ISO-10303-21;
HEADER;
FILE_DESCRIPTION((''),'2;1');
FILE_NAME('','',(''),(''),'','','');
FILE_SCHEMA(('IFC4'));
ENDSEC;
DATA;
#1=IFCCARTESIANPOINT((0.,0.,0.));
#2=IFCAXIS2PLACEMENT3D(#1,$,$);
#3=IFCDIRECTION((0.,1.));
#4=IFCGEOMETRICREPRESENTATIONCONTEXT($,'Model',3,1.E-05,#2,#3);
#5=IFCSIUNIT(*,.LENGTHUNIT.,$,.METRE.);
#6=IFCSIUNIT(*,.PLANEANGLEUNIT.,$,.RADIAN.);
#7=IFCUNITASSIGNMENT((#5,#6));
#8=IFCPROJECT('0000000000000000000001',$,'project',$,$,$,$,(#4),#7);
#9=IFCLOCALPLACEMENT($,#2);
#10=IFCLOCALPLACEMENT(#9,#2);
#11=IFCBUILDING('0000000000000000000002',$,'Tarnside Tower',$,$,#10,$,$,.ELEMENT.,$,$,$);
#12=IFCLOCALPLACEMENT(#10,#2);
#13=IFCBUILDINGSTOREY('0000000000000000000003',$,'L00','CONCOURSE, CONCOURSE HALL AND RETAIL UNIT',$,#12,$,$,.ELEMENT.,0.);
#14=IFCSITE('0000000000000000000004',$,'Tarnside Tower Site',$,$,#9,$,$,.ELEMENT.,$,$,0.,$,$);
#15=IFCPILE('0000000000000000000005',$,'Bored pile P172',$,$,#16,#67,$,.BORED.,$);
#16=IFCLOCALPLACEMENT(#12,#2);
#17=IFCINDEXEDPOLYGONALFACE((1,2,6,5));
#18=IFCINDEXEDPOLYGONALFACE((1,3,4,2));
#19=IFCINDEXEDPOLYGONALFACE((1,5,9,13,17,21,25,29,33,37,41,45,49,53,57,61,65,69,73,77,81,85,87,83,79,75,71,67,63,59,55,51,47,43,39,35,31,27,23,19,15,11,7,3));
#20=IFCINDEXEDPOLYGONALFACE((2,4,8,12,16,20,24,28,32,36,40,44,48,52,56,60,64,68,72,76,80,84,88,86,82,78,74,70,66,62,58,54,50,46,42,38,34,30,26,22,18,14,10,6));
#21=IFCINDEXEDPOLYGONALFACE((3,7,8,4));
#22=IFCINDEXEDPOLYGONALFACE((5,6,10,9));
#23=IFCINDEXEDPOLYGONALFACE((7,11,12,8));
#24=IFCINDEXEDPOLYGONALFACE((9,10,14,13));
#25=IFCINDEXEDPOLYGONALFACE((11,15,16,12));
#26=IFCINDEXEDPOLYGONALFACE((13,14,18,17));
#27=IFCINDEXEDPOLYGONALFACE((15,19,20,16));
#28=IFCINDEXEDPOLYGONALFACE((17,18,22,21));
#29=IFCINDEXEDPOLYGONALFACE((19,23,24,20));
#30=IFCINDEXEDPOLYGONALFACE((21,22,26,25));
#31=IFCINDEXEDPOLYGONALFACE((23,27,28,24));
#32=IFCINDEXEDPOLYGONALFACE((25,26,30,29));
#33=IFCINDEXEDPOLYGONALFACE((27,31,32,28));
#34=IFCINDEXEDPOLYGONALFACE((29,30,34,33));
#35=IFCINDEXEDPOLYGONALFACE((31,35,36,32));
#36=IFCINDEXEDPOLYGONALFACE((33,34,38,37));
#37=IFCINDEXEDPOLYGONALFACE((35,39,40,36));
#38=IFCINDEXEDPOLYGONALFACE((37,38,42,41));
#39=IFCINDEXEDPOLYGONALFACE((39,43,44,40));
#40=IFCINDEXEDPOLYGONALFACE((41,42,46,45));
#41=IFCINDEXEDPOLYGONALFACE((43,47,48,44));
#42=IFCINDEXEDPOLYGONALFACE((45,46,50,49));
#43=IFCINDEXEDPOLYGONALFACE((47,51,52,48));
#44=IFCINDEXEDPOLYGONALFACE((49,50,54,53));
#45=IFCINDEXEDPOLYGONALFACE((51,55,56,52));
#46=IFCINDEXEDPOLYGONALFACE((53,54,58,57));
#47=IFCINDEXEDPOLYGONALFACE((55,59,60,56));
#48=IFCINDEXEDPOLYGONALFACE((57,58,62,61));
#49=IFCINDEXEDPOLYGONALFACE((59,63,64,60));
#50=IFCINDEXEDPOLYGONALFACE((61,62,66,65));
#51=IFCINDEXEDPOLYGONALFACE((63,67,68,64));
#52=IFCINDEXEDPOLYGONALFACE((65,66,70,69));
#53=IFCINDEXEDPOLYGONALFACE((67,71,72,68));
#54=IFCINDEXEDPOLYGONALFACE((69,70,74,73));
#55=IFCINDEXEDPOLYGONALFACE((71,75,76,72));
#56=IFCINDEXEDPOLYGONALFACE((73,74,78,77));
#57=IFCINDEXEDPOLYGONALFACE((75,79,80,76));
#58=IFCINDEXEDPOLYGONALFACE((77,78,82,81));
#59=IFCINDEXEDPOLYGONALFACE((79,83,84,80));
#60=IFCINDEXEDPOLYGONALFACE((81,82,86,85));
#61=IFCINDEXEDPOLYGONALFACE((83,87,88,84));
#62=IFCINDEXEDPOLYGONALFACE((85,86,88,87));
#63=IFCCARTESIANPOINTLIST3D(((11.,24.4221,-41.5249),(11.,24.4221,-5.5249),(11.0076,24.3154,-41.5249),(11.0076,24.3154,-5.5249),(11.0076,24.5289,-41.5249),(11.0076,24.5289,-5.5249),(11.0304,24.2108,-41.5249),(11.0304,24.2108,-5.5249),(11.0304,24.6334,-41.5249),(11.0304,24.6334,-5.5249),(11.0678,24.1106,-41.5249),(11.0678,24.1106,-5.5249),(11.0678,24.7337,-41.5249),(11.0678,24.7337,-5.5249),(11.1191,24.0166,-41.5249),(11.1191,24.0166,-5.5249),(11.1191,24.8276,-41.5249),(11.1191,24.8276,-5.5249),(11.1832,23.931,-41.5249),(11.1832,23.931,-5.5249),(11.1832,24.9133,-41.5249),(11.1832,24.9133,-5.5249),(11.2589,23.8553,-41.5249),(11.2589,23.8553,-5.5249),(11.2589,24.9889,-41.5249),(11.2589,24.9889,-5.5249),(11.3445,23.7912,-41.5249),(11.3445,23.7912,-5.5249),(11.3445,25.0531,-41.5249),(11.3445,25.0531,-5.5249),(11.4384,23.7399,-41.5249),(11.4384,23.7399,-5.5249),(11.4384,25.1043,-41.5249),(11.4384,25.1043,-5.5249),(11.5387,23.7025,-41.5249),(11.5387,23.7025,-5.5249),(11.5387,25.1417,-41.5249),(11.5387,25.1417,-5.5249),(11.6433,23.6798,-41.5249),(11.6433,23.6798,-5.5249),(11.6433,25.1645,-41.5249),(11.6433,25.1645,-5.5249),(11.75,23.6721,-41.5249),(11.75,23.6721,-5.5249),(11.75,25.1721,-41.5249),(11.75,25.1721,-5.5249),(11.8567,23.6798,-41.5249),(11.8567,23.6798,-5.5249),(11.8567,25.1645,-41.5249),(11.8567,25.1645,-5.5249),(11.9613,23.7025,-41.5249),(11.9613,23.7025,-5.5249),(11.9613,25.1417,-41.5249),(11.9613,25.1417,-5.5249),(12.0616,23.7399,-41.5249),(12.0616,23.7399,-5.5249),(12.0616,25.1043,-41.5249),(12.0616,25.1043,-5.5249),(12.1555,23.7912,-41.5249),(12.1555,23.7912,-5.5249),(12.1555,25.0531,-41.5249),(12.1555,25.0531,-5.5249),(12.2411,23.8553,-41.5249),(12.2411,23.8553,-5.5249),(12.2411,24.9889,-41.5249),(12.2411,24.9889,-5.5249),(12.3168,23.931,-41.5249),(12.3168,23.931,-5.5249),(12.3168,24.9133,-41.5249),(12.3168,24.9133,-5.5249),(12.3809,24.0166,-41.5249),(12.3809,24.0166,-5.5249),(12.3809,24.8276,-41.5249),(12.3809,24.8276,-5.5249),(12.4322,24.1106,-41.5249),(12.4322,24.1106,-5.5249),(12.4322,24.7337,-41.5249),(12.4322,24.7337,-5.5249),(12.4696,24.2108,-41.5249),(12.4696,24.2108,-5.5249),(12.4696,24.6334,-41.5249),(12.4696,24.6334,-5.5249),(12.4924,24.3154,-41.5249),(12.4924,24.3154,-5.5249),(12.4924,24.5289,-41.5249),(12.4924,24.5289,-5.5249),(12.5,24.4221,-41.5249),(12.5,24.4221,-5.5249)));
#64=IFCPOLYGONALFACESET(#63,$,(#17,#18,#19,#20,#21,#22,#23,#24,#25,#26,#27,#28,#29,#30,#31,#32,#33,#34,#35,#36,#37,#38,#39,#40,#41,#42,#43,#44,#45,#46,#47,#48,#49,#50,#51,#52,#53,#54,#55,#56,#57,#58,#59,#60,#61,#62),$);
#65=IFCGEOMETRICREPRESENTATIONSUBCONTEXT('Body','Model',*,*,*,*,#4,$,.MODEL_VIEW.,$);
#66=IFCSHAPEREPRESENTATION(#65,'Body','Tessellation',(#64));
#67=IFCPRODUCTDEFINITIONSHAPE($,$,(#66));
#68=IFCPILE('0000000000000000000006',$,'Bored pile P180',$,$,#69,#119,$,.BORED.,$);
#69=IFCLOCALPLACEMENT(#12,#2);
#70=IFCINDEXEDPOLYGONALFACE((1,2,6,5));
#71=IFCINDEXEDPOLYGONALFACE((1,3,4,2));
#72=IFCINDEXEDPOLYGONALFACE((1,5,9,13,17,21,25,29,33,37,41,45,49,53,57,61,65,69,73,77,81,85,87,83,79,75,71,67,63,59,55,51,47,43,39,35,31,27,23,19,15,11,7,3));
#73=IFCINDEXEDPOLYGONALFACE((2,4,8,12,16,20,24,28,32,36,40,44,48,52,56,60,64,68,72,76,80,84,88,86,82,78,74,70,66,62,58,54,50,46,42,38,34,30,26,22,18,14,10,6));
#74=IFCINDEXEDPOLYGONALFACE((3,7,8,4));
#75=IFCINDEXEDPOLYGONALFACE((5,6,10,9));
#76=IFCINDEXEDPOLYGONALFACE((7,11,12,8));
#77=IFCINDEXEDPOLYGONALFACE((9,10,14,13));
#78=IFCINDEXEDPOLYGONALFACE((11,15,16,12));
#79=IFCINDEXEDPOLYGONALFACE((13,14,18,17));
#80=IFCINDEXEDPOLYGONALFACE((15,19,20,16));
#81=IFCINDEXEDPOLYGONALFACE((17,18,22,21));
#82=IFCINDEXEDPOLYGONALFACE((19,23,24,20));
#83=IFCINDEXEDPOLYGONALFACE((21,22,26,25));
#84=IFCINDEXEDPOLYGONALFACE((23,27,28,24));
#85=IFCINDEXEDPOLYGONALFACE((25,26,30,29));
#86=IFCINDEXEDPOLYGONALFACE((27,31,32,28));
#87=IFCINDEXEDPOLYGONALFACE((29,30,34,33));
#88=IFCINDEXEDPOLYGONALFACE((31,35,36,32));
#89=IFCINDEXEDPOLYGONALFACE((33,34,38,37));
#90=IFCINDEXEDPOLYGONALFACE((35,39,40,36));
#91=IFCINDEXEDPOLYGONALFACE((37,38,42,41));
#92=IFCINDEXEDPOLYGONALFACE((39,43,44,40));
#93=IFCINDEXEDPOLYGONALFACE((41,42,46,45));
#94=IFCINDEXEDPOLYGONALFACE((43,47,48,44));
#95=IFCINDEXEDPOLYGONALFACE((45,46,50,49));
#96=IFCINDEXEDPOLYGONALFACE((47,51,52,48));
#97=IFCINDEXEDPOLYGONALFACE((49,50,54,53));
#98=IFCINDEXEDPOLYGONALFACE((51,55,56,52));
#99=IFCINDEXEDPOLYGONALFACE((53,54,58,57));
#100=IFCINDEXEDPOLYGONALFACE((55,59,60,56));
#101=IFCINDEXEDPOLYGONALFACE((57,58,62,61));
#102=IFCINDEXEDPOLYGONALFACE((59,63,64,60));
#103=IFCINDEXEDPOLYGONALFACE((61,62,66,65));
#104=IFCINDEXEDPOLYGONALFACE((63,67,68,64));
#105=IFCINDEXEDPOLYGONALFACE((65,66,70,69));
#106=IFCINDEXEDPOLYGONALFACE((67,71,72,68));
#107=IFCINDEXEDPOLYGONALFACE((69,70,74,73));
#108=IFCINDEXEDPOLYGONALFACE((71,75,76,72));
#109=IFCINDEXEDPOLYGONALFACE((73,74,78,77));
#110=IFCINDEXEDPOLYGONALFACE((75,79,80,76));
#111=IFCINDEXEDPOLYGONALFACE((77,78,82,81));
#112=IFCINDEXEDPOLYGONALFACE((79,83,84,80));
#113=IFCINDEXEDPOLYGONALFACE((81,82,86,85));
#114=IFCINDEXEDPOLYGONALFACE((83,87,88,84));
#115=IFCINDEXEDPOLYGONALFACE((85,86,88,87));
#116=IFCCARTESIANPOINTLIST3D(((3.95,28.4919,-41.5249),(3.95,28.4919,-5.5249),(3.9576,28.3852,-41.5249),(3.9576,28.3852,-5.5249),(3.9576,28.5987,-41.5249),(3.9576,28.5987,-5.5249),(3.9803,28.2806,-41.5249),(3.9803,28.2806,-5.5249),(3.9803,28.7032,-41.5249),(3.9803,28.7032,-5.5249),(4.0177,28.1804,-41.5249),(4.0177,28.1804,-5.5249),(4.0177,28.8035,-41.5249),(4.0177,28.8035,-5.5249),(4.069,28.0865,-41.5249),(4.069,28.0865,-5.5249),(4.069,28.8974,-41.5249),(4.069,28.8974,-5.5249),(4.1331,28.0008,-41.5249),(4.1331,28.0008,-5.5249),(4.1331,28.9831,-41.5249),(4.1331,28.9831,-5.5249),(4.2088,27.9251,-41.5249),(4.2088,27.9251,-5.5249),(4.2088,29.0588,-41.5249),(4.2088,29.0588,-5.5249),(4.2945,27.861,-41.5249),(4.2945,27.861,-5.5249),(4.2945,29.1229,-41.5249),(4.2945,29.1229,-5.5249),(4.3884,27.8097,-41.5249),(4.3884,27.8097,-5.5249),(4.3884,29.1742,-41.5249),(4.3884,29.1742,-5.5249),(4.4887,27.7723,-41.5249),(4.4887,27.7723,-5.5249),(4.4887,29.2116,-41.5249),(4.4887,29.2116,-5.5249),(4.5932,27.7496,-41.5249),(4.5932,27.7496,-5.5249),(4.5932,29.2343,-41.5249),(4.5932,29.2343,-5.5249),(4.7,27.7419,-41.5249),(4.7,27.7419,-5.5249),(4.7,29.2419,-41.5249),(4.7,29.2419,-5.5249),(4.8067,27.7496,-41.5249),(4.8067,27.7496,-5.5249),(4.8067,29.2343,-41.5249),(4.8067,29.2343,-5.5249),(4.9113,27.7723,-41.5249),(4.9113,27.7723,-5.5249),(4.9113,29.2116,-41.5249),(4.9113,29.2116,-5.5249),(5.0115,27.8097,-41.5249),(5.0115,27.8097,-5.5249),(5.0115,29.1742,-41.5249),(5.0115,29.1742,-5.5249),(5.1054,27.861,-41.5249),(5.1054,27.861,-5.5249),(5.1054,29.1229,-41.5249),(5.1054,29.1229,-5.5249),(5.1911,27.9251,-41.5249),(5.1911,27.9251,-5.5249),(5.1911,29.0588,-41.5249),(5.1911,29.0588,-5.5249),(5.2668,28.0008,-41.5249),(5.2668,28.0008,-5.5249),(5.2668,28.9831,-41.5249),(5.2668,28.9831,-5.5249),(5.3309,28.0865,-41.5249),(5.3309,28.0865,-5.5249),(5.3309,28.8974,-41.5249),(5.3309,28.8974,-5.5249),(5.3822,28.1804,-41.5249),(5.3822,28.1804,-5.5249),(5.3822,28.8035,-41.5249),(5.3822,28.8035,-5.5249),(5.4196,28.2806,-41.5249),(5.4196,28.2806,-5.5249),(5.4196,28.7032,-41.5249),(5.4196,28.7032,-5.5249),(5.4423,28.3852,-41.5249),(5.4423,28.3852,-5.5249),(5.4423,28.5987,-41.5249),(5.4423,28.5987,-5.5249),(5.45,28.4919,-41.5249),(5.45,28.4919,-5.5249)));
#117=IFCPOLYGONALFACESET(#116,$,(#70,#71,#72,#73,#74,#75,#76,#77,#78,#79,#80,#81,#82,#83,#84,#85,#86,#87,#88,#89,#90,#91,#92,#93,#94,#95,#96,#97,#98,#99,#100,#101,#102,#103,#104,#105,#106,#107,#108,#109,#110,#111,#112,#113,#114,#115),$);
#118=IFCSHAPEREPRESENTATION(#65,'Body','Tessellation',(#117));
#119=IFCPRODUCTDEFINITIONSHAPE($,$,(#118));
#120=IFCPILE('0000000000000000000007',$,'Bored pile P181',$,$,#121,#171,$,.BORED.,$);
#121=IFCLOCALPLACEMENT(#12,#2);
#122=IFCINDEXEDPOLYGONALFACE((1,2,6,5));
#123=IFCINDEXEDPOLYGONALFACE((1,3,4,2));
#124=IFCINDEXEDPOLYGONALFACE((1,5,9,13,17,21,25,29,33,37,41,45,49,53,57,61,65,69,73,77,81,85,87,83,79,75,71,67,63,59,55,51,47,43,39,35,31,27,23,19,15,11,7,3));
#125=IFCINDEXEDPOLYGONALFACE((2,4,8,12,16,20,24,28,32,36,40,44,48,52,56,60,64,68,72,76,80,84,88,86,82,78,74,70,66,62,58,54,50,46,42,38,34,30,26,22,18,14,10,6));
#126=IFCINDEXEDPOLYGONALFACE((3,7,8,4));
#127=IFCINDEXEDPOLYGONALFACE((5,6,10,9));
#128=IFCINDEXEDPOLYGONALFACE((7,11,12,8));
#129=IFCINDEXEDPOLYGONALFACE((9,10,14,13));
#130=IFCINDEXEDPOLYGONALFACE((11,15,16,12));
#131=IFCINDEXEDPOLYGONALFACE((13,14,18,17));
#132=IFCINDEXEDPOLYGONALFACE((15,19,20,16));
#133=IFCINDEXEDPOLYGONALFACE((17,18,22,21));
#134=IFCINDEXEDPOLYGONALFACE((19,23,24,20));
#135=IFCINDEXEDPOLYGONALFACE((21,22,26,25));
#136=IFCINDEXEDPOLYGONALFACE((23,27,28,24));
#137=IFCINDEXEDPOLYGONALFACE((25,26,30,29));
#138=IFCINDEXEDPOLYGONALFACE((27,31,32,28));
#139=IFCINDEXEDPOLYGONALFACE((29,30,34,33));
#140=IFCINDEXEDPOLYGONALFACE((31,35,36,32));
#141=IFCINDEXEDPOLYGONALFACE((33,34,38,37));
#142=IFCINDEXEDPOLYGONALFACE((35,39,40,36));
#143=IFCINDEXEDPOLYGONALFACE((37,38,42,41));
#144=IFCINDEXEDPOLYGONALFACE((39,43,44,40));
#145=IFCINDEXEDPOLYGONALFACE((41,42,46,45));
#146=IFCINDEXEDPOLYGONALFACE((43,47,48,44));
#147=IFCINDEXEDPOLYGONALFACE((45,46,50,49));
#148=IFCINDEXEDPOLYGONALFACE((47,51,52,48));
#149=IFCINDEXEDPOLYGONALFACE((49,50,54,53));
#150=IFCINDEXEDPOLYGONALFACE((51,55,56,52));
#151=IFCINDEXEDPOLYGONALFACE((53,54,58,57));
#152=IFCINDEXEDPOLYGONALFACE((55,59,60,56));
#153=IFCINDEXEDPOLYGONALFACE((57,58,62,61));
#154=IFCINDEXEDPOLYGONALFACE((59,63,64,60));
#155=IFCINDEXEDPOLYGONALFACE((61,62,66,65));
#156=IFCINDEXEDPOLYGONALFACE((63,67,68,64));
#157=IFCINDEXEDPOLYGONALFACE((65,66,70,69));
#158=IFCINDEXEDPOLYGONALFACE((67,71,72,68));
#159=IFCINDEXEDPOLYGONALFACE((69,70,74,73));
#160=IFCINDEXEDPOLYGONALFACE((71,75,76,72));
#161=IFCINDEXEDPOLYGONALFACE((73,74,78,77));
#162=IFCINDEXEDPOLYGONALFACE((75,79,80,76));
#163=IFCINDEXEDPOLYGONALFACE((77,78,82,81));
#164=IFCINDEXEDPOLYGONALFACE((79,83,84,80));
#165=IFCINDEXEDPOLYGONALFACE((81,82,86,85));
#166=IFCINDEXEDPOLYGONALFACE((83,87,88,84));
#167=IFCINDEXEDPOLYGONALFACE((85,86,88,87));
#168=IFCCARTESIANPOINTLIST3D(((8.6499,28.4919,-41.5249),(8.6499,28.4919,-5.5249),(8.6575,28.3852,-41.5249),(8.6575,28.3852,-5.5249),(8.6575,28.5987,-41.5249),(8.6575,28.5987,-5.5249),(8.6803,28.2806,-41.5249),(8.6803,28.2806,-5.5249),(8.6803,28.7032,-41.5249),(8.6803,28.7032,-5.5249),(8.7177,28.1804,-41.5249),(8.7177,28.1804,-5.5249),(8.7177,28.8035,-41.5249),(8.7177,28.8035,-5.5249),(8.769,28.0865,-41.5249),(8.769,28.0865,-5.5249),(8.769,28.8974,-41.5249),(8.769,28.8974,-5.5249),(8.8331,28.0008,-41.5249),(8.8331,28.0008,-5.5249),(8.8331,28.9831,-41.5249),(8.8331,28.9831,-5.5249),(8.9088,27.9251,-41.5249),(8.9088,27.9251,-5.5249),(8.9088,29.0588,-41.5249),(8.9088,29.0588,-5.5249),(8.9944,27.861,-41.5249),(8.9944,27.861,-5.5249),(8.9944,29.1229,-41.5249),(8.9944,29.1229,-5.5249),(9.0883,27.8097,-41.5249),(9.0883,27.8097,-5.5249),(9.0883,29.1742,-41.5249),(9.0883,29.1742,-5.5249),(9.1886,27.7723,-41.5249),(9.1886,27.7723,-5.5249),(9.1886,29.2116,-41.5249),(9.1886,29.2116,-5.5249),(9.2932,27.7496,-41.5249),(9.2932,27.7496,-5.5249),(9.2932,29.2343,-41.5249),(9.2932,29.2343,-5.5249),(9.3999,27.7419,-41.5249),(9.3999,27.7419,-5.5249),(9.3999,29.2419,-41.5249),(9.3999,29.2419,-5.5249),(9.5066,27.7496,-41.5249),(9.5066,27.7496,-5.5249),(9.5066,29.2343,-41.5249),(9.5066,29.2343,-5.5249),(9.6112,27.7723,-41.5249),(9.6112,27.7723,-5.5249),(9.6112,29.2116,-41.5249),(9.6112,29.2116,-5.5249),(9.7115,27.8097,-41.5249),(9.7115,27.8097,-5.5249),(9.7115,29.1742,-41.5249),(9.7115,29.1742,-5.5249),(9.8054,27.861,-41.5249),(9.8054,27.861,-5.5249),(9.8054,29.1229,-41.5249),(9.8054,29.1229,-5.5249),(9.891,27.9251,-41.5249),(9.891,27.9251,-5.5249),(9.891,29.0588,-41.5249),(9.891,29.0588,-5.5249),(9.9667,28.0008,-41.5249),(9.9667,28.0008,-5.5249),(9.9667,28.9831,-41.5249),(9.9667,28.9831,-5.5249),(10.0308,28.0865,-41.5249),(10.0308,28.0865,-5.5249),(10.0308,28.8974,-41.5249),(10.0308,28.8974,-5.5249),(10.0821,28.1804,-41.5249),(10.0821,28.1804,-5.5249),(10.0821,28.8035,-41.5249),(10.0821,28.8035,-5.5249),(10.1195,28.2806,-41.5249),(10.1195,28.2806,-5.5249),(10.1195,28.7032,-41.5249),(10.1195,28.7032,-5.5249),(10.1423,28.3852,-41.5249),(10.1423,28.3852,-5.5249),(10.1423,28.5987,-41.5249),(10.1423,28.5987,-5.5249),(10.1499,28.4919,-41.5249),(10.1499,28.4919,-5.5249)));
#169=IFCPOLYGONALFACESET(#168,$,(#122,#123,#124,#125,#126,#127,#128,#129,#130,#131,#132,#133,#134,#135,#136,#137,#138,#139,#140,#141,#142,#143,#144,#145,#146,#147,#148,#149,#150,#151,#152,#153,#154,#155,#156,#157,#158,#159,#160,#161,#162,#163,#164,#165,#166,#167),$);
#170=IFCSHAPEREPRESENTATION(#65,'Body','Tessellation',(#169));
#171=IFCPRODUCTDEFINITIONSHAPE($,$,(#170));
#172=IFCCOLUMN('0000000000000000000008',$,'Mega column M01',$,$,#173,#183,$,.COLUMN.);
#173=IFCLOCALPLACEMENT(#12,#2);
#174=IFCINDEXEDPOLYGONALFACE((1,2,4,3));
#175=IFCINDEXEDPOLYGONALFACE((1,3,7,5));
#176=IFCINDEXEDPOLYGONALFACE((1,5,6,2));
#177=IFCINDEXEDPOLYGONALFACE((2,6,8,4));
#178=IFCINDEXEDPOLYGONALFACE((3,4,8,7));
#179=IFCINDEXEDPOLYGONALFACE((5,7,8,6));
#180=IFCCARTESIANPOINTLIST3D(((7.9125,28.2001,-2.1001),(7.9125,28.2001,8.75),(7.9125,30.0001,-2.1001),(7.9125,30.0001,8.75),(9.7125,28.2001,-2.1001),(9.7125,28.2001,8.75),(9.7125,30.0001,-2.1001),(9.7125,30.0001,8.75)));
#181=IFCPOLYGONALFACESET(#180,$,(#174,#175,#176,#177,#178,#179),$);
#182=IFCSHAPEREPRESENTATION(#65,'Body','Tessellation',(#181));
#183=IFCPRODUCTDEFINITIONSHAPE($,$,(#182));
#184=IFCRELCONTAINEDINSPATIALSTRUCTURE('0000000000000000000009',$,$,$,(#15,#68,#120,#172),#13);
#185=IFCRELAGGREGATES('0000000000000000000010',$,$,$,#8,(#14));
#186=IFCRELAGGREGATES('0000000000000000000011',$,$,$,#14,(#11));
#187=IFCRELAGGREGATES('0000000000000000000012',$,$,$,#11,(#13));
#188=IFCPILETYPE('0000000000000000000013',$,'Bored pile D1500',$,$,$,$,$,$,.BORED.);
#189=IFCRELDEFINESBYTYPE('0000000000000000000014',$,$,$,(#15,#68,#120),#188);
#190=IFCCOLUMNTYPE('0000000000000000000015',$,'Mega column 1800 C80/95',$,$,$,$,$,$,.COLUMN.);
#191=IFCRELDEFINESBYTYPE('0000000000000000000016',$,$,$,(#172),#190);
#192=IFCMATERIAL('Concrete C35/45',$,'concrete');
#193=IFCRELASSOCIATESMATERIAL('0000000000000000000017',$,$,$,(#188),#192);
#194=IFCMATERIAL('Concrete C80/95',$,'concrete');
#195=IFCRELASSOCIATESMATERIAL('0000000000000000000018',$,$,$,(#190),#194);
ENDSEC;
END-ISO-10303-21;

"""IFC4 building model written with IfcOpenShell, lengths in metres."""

from ifc_helpers import new_model, si_unit, direction, frame, origin, origin_2d, place, context, subcontext, project, spatial, rectangle, circle, extrude, material, material_profile, profile_set, type_object, element, save


model = new_model("IFC4")

# Units and contexts
model_context = context("Model", 3, precision=1e-05, world=origin(), true_north=direction((0.0, 1.0)))
body_context = subcontext(model_context, "Body", "Model", "MODEL_VIEW")
ifc_project = project(units=[si_unit("LENGTHUNIT", "METRE"), si_unit("PLANEANGLEUNIT", "RADIAN")], contexts=[model_context])

# Site, building, storey
site_placement = place(None, origin())
site = spatial("IfcSite", under=ifc_project, at=site_placement, Name="Tarnside Tower Site", CompositionType="ELEMENT", RefElevation=0.0)
building_placement = place(site_placement, origin())
building = spatial("IfcBuilding", under=site, at=building_placement, Name="Tarnside Tower", CompositionType="ELEMENT")
storey_placement = place(building_placement, origin())
storey = spatial("IfcBuildingStorey", under=building, at=storey_placement, Name="L00", Description="CONCOURSE, CONCOURSE HALL AND RETAIL UNIT", CompositionType="ELEMENT", Elevation=0.0)

# Piles
ifc_material_1 = material(Name="Concrete C35/45", Category="concrete")
ifc_material_profile_1 = material_profile(ifc_material_1, circle(Radius=0.75, at=origin_2d()), Name="Bored pile D1500")
ifc_profile_set_1 = profile_set([ifc_material_profile_1], Name="Concrete C35/45")
pile_type = type_object("IfcPileType", Name="Bored pile D1500", PredefinedType="BORED", material=ifc_profile_set_1)
for number, where, z_axis, x_axis, name in (
    (1, (11.75, 24.4221, -5.5249), (0.0, 0.0, -1.0), (1.0, 0.0, 0.0), "Bored pile P172"),
    (2, (4.7, 28.4919, -5.5249), (0.0, 0.0, -1.0), (1.0, 0.0, 0.0), "Bored pile P180"),
    (3, (9.3999, 28.4919, -5.5249), (0.0, 0.0, -1.0), (1.0, 0.0, 0.0), "Bored pile P181"),
):
    element("IfcPile", number, at=place(storey_placement, frame(where, z_axis=z_axis, x_axis=x_axis)), inside=storey, type_object=pile_type, Name=name, PredefinedType="BORED", context=body_context, shape_type="SweptSolid", body=[
        extrude(circle(Radius=0.75, at=origin_2d()), origin(), (0.0, 0.0, 1.0), 36.0),
    ])

# Column
ifc_material_2 = material(Name="Concrete C80/95", Category="concrete")
ifc_material_profile_2 = material_profile(ifc_material_2, rectangle(XDim=1.8, YDim=1.8, at=origin_2d()), Name="Mega column 1800x1800")
ifc_profile_set_2 = profile_set([ifc_material_profile_2], Name="Concrete C80/95")
column_type_1 = type_object("IfcColumnType", Name="Mega column 1800 C80/95", PredefinedType="COLUMN", material=ifc_profile_set_2)
column_1_placement = place(storey_placement, frame((8.8125, 29.1001, -2.1001), z_axis=(0.0, 0.0, 1.0), x_axis=(1.0, 0.0, 0.0)))
element("IfcColumn", 4, at=column_1_placement, inside=storey, type_object=column_type_1, Name="Mega column M01", PredefinedType="COLUMN", context=body_context, shape_type="SweptSolid", body=[
    extrude(rectangle(XDim=1.8, YDim=1.8, at=origin_2d()), origin(), (0.0, 0.0, 1.0), 10.8501),
])

save(model, "model.ifc")
